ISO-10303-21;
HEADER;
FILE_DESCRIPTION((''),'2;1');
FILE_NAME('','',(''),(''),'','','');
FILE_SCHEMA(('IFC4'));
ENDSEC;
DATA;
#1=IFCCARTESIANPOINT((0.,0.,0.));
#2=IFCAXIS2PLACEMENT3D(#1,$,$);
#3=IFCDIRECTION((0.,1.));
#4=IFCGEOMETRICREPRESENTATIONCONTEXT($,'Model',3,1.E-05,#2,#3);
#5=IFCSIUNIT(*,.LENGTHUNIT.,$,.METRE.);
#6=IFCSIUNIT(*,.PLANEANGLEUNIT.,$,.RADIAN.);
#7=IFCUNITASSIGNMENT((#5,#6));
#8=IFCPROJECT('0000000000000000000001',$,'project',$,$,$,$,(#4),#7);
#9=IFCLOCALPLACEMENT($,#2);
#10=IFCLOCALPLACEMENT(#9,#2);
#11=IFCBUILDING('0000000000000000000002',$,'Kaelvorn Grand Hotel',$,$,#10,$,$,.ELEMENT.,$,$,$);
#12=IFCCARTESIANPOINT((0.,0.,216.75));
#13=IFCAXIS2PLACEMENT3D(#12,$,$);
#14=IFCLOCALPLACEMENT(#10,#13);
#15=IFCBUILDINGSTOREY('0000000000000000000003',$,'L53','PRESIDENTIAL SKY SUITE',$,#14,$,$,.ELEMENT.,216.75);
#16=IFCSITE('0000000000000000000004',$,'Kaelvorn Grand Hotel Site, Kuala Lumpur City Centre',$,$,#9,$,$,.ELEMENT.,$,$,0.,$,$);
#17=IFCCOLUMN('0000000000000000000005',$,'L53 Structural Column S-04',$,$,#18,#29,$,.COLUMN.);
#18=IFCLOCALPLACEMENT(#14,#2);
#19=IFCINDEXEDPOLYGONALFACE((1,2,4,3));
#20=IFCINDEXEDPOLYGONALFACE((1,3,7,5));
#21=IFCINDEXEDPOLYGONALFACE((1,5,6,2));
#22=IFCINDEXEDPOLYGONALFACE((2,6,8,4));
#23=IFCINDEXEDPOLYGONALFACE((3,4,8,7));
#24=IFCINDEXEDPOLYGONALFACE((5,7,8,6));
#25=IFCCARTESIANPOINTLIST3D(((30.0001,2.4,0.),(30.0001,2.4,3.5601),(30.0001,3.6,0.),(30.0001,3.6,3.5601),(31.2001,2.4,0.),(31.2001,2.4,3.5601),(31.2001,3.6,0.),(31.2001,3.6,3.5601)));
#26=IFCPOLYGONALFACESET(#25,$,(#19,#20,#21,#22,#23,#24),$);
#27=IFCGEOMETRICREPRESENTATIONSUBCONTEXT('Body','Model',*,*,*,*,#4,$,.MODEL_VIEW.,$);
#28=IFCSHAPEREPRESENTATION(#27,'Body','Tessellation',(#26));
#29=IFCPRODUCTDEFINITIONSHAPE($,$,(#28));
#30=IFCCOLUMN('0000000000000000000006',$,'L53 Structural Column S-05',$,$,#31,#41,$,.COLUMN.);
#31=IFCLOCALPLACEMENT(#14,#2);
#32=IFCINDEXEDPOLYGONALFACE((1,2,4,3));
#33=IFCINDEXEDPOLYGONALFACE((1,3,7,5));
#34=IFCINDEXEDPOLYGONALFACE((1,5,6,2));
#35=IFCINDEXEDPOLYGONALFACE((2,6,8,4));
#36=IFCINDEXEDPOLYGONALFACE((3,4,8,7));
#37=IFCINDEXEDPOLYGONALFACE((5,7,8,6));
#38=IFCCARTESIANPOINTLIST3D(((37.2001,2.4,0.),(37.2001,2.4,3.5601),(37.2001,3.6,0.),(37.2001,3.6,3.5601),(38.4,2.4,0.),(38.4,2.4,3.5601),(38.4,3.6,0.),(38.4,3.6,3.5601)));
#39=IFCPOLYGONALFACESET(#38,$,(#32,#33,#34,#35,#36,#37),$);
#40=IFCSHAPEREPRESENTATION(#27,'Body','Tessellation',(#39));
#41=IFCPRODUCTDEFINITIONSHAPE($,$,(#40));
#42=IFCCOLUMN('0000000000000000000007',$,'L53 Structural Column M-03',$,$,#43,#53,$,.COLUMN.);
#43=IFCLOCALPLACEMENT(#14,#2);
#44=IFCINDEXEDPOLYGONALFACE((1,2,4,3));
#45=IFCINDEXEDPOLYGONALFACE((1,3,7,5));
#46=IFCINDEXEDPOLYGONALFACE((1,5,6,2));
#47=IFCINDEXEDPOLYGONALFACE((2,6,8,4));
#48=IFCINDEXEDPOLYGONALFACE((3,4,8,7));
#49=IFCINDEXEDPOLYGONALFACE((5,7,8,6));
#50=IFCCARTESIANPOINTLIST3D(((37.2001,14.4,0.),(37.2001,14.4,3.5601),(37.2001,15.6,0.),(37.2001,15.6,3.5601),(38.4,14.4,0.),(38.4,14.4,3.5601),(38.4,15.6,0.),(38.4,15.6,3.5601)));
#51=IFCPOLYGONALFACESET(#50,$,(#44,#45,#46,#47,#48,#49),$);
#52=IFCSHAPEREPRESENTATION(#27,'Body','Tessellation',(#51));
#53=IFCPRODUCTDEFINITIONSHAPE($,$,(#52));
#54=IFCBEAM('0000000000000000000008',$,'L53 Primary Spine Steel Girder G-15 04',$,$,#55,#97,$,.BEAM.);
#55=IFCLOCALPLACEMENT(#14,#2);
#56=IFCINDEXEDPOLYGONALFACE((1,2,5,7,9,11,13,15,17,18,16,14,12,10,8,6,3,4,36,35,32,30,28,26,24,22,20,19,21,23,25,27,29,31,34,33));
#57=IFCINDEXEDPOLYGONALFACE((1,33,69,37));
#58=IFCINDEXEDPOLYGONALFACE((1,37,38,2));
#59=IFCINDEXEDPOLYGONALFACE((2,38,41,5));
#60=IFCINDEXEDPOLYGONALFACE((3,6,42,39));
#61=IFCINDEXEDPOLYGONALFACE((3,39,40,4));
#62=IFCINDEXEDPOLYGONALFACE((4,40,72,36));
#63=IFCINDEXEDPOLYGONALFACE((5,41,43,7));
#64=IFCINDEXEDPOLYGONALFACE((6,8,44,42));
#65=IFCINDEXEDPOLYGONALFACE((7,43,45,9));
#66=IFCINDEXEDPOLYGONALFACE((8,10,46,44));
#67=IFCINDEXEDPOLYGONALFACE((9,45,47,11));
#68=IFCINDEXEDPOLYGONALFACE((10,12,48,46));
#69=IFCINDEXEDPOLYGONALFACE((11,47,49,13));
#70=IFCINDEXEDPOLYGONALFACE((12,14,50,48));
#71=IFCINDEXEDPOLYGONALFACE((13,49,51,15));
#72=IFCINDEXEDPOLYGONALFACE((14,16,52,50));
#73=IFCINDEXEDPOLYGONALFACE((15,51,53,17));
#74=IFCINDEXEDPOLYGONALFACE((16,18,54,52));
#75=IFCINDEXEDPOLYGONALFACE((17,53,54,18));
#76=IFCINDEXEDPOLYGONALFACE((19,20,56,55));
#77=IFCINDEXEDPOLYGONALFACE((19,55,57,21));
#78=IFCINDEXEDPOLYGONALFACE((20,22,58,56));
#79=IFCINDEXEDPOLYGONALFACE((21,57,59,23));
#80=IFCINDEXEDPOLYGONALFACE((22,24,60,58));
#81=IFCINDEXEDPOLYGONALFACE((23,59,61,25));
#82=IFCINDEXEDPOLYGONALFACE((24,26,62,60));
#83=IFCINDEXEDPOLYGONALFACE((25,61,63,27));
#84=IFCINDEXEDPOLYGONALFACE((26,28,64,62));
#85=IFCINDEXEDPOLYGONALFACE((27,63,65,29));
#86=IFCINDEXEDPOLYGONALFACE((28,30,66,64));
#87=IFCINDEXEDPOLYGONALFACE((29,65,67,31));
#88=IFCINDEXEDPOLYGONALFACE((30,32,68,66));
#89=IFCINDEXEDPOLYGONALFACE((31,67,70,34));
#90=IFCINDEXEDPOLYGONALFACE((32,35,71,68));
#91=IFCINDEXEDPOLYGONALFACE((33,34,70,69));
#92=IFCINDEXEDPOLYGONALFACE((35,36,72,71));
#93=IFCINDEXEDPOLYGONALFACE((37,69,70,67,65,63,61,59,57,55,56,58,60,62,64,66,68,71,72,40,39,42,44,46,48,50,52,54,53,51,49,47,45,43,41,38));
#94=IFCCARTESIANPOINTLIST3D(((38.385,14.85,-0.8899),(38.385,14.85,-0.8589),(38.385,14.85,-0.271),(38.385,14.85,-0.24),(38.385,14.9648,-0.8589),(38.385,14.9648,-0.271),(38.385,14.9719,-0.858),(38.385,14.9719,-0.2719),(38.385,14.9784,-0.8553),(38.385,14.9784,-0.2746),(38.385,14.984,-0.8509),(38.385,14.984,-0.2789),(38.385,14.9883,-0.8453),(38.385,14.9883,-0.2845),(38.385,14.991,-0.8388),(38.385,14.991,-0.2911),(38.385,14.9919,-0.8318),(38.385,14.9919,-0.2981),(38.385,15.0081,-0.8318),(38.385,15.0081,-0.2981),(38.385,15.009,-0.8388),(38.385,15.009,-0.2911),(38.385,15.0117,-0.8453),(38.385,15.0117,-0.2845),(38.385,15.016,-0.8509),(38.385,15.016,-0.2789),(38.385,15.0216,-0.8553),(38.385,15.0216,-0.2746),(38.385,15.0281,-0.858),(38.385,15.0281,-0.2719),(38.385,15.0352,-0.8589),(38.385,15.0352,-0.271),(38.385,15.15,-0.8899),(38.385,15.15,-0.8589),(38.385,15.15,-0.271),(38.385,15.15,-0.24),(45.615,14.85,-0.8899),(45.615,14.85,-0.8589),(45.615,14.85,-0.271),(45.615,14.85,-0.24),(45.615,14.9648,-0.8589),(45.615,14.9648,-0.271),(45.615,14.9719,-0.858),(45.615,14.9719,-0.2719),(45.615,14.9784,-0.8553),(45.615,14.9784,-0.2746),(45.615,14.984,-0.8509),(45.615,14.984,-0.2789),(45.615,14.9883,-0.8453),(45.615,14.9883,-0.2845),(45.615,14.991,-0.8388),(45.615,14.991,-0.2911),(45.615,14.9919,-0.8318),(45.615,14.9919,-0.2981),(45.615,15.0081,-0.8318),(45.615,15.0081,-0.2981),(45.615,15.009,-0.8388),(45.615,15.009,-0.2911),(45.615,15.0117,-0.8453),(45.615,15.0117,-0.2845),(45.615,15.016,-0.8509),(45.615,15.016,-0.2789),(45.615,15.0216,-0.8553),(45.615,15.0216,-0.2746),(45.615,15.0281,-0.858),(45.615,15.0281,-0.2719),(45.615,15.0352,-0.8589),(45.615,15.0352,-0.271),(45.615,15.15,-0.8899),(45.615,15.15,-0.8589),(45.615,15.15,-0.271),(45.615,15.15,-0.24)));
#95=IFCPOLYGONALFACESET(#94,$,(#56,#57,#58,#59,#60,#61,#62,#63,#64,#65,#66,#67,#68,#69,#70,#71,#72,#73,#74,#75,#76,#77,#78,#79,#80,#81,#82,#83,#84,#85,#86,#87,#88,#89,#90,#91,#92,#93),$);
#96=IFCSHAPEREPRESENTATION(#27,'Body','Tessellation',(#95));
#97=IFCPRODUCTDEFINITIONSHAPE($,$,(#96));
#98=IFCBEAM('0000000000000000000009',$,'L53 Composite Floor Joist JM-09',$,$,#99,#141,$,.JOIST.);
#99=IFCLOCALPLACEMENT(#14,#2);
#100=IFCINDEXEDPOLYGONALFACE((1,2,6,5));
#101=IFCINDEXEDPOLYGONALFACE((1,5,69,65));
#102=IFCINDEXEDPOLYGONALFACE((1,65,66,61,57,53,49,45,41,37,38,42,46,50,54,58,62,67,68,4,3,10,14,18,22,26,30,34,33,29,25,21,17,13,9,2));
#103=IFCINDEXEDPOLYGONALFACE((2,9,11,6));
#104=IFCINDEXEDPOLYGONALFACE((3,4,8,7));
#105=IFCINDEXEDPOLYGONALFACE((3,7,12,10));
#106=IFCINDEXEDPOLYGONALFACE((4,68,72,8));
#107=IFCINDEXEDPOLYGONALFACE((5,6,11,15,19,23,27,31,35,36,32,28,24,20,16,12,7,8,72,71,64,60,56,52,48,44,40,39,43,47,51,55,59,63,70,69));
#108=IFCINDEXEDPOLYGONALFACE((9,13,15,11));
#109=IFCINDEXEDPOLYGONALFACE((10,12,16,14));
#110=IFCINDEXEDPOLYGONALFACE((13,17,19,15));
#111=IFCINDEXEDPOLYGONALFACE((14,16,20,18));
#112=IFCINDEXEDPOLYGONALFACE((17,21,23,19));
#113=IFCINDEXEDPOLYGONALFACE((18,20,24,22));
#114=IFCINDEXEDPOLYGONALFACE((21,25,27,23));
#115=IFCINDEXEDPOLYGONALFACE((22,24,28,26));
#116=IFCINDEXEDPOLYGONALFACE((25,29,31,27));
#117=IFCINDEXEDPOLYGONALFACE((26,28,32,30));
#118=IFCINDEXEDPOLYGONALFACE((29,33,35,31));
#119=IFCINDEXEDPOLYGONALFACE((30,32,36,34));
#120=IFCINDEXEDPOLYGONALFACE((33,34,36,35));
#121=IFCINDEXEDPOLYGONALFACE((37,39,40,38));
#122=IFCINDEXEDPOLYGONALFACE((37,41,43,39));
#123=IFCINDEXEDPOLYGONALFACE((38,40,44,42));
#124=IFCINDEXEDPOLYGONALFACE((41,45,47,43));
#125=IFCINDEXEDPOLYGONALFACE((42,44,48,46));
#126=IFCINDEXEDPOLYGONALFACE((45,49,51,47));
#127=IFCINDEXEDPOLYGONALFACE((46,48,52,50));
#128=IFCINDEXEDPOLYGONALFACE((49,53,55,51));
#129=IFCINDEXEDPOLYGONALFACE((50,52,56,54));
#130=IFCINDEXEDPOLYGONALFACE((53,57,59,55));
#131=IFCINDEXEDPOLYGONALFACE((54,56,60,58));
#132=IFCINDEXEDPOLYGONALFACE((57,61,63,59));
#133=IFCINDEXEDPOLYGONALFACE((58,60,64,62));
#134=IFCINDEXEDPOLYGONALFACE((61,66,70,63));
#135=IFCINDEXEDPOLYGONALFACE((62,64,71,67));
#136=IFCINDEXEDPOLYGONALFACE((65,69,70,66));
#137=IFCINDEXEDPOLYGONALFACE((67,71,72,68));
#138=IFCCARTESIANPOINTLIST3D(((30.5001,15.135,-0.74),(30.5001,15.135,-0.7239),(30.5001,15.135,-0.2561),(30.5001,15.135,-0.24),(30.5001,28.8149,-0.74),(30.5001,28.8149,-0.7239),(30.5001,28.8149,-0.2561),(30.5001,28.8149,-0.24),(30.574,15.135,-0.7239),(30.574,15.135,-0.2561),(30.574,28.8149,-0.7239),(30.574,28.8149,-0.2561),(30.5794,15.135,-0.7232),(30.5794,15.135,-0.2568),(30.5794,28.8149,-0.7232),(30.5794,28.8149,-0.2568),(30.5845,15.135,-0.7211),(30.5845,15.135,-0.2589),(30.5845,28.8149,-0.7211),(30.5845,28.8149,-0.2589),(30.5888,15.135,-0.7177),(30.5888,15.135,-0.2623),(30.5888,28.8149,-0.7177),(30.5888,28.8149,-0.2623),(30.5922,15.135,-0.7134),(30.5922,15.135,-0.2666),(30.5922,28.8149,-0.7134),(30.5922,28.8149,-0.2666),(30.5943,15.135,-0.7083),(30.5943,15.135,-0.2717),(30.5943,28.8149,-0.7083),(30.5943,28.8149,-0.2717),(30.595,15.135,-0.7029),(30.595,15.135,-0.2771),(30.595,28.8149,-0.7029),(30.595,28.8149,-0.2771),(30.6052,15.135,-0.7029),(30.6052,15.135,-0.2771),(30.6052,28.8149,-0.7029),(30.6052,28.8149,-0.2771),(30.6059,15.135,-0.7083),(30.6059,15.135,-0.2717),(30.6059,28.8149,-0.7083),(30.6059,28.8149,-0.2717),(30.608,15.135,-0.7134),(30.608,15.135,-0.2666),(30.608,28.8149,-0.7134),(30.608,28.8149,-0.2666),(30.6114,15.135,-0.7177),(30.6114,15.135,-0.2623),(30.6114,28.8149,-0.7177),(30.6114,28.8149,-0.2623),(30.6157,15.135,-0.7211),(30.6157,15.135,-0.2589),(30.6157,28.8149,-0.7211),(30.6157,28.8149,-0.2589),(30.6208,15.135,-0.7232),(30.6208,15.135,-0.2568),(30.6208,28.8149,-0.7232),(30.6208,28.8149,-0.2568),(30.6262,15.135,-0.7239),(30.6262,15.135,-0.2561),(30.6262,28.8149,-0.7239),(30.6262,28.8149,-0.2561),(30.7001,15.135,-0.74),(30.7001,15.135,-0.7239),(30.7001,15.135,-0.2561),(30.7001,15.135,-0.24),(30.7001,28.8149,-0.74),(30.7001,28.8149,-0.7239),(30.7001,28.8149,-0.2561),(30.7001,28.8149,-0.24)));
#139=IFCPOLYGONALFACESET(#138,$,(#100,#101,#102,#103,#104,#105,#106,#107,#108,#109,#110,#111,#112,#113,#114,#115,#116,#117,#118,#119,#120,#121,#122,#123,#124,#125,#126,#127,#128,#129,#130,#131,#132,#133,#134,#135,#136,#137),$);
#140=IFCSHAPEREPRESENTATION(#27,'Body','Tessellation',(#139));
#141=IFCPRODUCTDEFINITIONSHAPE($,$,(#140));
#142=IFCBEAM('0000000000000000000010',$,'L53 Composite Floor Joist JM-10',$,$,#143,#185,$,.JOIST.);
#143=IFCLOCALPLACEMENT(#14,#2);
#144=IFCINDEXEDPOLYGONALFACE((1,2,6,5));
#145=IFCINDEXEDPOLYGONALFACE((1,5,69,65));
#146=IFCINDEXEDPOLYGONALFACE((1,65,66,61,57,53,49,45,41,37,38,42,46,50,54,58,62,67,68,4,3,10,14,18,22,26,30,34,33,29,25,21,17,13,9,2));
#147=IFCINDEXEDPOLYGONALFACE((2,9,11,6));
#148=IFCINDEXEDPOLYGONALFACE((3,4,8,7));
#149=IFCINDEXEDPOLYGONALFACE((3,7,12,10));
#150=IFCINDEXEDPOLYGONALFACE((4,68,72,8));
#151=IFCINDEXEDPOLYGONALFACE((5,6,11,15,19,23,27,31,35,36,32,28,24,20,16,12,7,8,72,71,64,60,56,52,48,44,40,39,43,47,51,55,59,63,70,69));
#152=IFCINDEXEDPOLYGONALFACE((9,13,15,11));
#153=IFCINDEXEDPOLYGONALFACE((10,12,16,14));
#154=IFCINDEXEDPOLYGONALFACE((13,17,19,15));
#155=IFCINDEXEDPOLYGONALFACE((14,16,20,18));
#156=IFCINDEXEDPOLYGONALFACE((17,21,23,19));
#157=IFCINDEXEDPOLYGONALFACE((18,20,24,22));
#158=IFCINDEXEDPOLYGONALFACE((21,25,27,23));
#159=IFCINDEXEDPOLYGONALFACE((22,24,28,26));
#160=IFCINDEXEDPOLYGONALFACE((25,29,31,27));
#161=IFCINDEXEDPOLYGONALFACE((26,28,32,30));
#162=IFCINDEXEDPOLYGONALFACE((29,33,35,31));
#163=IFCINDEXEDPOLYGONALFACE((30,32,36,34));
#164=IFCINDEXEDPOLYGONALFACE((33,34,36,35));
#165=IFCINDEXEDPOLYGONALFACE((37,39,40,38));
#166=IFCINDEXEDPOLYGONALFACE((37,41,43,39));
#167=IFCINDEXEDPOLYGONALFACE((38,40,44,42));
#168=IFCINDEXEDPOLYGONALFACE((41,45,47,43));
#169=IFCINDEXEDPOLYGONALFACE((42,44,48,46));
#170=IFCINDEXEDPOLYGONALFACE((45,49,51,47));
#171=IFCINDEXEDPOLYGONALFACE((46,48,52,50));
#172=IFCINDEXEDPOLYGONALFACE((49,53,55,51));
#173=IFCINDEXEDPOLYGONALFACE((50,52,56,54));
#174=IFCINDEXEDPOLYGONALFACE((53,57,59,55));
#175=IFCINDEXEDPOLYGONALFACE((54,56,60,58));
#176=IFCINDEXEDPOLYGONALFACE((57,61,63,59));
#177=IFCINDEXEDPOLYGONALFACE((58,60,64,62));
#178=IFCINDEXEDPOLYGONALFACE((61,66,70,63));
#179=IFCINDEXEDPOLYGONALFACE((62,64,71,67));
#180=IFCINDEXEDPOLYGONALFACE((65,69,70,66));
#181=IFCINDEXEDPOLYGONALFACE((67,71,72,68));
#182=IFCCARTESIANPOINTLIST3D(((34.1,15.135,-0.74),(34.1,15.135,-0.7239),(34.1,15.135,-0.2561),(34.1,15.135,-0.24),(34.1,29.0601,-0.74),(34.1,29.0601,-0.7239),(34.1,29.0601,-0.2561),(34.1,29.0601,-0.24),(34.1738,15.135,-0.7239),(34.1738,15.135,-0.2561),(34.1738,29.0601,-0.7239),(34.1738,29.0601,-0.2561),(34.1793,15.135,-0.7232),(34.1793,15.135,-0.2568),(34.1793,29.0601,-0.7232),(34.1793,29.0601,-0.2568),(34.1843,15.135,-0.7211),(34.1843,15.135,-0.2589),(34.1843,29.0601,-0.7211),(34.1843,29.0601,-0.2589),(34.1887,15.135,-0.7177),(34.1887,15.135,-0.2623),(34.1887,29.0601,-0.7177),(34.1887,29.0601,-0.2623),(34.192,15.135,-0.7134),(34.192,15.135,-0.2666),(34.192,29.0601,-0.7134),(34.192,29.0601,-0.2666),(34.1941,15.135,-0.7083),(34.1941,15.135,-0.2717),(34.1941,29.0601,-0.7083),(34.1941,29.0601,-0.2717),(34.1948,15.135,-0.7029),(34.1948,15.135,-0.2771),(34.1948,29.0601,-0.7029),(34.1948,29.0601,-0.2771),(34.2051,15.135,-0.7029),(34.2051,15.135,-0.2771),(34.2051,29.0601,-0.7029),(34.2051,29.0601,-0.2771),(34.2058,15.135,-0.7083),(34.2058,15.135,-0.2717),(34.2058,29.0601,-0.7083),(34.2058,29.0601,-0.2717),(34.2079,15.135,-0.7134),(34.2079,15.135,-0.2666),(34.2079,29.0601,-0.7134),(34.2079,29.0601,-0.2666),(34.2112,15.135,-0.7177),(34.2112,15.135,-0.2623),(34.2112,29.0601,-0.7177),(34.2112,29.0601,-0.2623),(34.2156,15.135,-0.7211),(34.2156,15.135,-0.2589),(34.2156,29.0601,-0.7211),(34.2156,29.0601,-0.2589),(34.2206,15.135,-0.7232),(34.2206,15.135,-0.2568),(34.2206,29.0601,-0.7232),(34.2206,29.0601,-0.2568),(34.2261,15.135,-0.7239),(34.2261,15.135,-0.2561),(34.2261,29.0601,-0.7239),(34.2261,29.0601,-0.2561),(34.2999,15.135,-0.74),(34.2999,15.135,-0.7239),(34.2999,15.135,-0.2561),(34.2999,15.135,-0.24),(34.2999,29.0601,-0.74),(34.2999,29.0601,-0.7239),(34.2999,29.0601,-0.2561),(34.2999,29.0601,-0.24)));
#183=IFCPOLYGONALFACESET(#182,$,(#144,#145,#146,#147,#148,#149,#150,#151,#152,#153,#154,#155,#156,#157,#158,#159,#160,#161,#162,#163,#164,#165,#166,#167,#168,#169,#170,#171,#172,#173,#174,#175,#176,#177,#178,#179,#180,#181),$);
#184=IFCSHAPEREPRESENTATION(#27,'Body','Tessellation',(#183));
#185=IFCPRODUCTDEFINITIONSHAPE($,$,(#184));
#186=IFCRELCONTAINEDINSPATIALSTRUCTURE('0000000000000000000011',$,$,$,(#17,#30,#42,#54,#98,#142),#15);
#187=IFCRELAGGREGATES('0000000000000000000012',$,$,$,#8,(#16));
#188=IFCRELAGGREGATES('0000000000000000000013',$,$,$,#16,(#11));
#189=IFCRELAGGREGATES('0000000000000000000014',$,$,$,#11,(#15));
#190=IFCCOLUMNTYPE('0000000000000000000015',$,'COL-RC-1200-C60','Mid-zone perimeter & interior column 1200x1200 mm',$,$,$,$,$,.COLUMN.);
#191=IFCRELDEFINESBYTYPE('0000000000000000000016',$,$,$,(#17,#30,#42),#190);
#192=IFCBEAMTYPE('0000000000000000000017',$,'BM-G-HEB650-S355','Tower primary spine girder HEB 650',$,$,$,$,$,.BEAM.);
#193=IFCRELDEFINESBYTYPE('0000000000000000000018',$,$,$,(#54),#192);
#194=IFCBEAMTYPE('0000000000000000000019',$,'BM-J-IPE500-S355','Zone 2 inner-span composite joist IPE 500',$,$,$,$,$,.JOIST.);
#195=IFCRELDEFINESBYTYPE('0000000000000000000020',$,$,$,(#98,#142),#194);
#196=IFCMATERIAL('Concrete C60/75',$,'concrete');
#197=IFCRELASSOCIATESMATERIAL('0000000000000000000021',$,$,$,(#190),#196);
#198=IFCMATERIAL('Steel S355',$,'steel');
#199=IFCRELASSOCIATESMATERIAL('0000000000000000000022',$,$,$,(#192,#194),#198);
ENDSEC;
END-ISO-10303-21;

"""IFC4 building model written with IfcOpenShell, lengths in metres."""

from ifc_helpers import new_model, si_unit, direction, frame, origin, origin_2d, place, context, subcontext, project, spatial, rectangle, i_section, extrude, material, material_profile, profile_set, type_object, element, save


model = new_model("IFC4")

# Units and contexts
model_context = context("Model", 3, precision=1e-05, world=origin(), true_north=direction((0.0, 1.0)))
body_context = subcontext(model_context, "Body", "Model", "MODEL_VIEW")
ifc_project = project(units=[si_unit("LENGTHUNIT", "METRE"), si_unit("PLANEANGLEUNIT", "RADIAN")], contexts=[model_context])

# Site, building, storey
site_placement = place(None, origin())
site = spatial("IfcSite", under=ifc_project, at=site_placement, Name="Kaelvorn Grand Hotel Site, Kuala Lumpur City Centre", CompositionType="ELEMENT", RefElevation=0.0)
building_placement = place(site_placement, origin())
building = spatial("IfcBuilding", under=site, at=building_placement, Name="Kaelvorn Grand Hotel", CompositionType="ELEMENT")
storey_placement = place(building_placement, frame((0.0, 0.0, 216.75)))
storey = spatial("IfcBuildingStorey", under=building, at=storey_placement, Name="L53", Description="PRESIDENTIAL SKY SUITE", CompositionType="ELEMENT", Elevation=216.75)

# Columns
ifc_material_1 = material(Name="Concrete C60/75", Category="concrete")
ifc_material_profile_1 = material_profile(ifc_material_1, rectangle(XDim=1.2, YDim=1.2, at=origin_2d()), Name="RC COL 1200x1200")
ifc_profile_set_1 = profile_set([ifc_material_profile_1], Name="Concrete C60/75")
column_type = type_object("IfcColumnType", Name="COL-RC-1200-C60", Description="Mid-zone perimeter & interior column 1200x1200 mm", PredefinedType="COLUMN", material=ifc_profile_set_1)
for number, where, z_axis, x_axis, name in (
    (1, (30.6001, 3.0, 0.0), (0.0, 0.0, 1.0), (1.0, 0.0, 0.0), "L53 Structural Column S-04"),
    (2, (37.8, 3.0, 0.0), (0.0, 0.0, 1.0), (1.0, 0.0, 0.0), "L53 Structural Column S-05"),
    (3, (37.8, 15.0, 0.0), (0.0, 0.0, 1.0), (1.0, 0.0, 0.0), "L53 Structural Column M-03"),
):
    element("IfcColumn", number, at=place(storey_placement, frame(where, z_axis=z_axis, x_axis=x_axis)), inside=storey, type_object=column_type, Name=name, PredefinedType="COLUMN", context=body_context, shape_type="SweptSolid", body=[
        extrude(rectangle(XDim=1.2, YDim=1.2, at=origin_2d()), origin(), (0.0, 0.0, 1.0), 3.5601),
    ])

# Beams
ifc_material_2 = material(Name="Steel S355", Category="steel")
ifc_material_profile_2 = material_profile(ifc_material_2, i_section(OverallWidth=0.3, OverallDepth=0.6499, WebThickness=0.0161, FlangeThickness=0.031, FilletRadius=0.0271, at=origin_2d()), Name="HEB 650")
ifc_profile_set_2 = profile_set([ifc_material_profile_2], Name="Steel S355")
beam_type_1 = type_object("IfcBeamType", Name="BM-G-HEB650-S355", Description="Tower primary spine girder HEB 650", PredefinedType="BEAM", material=ifc_profile_set_2)
beam_1_placement = place(storey_placement, frame((38.385, 15.0, -0.5649), z_axis=(1.0, 0.0, 0.0), x_axis=(0.0, 1.0, 0.0)))
element("IfcBeam", 4, at=beam_1_placement, inside=storey, type_object=beam_type_1, Name="L53 Primary Spine Steel Girder G-15 04", PredefinedType="BEAM", context=body_context, shape_type="SweptSolid", body=[
    extrude(i_section(OverallWidth=0.3, OverallDepth=0.6499, WebThickness=0.0161, FlangeThickness=0.031, FilletRadius=0.0271, at=origin_2d()), origin(), (0.0, 0.0, 1.0), 7.23),
])
ifc_material_profile_3 = material_profile(ifc_material_2, i_section(OverallWidth=0.2, OverallDepth=0.5, WebThickness=0.0103, FlangeThickness=0.0161, FilletRadius=0.021, at=origin_2d()), Name="IPE 500")
ifc_profile_set_3 = profile_set([ifc_material_profile_3], Name="Steel S355")
beam_type_2 = type_object("IfcBeamType", Name="BM-J-IPE500-S355", Description="Zone 2 inner-span composite joist IPE 500", PredefinedType="JOIST", material=ifc_profile_set_3)
beam_2_placement = place(storey_placement, frame((30.6001, 15.135, -0.49), z_axis=(0.0, 1.0, 0.0), x_axis=(-1.0, 0.0, 0.0)))
element("IfcBeam", 5, at=beam_2_placement, inside=storey, type_object=beam_type_2, Name="L53 Composite Floor Joist JM-09", PredefinedType="JOIST", context=body_context, shape_type="SweptSolid", body=[
    extrude(i_section(OverallWidth=0.2, OverallDepth=0.5, WebThickness=0.0103, FlangeThickness=0.0161, FilletRadius=0.021, at=origin_2d()), origin(), (0.0, 0.0, 1.0), 13.6799),
])
beam_3_placement = place(storey_placement, frame((34.2, 15.135, -0.49), z_axis=(0.0, 1.0, 0.0), x_axis=(-1.0, 0.0, 0.0)))
element("IfcBeam", 6, at=beam_3_placement, inside=storey, type_object=beam_type_2, Name="L53 Composite Floor Joist JM-10", PredefinedType="JOIST", context=body_context, shape_type="SweptSolid", body=[
    extrude(i_section(OverallWidth=0.2, OverallDepth=0.5, WebThickness=0.0103, FlangeThickness=0.0161, FilletRadius=0.021, at=origin_2d()), origin(), (0.0, 0.0, 1.0), 13.925),
])

save(model, "model.ifc")
